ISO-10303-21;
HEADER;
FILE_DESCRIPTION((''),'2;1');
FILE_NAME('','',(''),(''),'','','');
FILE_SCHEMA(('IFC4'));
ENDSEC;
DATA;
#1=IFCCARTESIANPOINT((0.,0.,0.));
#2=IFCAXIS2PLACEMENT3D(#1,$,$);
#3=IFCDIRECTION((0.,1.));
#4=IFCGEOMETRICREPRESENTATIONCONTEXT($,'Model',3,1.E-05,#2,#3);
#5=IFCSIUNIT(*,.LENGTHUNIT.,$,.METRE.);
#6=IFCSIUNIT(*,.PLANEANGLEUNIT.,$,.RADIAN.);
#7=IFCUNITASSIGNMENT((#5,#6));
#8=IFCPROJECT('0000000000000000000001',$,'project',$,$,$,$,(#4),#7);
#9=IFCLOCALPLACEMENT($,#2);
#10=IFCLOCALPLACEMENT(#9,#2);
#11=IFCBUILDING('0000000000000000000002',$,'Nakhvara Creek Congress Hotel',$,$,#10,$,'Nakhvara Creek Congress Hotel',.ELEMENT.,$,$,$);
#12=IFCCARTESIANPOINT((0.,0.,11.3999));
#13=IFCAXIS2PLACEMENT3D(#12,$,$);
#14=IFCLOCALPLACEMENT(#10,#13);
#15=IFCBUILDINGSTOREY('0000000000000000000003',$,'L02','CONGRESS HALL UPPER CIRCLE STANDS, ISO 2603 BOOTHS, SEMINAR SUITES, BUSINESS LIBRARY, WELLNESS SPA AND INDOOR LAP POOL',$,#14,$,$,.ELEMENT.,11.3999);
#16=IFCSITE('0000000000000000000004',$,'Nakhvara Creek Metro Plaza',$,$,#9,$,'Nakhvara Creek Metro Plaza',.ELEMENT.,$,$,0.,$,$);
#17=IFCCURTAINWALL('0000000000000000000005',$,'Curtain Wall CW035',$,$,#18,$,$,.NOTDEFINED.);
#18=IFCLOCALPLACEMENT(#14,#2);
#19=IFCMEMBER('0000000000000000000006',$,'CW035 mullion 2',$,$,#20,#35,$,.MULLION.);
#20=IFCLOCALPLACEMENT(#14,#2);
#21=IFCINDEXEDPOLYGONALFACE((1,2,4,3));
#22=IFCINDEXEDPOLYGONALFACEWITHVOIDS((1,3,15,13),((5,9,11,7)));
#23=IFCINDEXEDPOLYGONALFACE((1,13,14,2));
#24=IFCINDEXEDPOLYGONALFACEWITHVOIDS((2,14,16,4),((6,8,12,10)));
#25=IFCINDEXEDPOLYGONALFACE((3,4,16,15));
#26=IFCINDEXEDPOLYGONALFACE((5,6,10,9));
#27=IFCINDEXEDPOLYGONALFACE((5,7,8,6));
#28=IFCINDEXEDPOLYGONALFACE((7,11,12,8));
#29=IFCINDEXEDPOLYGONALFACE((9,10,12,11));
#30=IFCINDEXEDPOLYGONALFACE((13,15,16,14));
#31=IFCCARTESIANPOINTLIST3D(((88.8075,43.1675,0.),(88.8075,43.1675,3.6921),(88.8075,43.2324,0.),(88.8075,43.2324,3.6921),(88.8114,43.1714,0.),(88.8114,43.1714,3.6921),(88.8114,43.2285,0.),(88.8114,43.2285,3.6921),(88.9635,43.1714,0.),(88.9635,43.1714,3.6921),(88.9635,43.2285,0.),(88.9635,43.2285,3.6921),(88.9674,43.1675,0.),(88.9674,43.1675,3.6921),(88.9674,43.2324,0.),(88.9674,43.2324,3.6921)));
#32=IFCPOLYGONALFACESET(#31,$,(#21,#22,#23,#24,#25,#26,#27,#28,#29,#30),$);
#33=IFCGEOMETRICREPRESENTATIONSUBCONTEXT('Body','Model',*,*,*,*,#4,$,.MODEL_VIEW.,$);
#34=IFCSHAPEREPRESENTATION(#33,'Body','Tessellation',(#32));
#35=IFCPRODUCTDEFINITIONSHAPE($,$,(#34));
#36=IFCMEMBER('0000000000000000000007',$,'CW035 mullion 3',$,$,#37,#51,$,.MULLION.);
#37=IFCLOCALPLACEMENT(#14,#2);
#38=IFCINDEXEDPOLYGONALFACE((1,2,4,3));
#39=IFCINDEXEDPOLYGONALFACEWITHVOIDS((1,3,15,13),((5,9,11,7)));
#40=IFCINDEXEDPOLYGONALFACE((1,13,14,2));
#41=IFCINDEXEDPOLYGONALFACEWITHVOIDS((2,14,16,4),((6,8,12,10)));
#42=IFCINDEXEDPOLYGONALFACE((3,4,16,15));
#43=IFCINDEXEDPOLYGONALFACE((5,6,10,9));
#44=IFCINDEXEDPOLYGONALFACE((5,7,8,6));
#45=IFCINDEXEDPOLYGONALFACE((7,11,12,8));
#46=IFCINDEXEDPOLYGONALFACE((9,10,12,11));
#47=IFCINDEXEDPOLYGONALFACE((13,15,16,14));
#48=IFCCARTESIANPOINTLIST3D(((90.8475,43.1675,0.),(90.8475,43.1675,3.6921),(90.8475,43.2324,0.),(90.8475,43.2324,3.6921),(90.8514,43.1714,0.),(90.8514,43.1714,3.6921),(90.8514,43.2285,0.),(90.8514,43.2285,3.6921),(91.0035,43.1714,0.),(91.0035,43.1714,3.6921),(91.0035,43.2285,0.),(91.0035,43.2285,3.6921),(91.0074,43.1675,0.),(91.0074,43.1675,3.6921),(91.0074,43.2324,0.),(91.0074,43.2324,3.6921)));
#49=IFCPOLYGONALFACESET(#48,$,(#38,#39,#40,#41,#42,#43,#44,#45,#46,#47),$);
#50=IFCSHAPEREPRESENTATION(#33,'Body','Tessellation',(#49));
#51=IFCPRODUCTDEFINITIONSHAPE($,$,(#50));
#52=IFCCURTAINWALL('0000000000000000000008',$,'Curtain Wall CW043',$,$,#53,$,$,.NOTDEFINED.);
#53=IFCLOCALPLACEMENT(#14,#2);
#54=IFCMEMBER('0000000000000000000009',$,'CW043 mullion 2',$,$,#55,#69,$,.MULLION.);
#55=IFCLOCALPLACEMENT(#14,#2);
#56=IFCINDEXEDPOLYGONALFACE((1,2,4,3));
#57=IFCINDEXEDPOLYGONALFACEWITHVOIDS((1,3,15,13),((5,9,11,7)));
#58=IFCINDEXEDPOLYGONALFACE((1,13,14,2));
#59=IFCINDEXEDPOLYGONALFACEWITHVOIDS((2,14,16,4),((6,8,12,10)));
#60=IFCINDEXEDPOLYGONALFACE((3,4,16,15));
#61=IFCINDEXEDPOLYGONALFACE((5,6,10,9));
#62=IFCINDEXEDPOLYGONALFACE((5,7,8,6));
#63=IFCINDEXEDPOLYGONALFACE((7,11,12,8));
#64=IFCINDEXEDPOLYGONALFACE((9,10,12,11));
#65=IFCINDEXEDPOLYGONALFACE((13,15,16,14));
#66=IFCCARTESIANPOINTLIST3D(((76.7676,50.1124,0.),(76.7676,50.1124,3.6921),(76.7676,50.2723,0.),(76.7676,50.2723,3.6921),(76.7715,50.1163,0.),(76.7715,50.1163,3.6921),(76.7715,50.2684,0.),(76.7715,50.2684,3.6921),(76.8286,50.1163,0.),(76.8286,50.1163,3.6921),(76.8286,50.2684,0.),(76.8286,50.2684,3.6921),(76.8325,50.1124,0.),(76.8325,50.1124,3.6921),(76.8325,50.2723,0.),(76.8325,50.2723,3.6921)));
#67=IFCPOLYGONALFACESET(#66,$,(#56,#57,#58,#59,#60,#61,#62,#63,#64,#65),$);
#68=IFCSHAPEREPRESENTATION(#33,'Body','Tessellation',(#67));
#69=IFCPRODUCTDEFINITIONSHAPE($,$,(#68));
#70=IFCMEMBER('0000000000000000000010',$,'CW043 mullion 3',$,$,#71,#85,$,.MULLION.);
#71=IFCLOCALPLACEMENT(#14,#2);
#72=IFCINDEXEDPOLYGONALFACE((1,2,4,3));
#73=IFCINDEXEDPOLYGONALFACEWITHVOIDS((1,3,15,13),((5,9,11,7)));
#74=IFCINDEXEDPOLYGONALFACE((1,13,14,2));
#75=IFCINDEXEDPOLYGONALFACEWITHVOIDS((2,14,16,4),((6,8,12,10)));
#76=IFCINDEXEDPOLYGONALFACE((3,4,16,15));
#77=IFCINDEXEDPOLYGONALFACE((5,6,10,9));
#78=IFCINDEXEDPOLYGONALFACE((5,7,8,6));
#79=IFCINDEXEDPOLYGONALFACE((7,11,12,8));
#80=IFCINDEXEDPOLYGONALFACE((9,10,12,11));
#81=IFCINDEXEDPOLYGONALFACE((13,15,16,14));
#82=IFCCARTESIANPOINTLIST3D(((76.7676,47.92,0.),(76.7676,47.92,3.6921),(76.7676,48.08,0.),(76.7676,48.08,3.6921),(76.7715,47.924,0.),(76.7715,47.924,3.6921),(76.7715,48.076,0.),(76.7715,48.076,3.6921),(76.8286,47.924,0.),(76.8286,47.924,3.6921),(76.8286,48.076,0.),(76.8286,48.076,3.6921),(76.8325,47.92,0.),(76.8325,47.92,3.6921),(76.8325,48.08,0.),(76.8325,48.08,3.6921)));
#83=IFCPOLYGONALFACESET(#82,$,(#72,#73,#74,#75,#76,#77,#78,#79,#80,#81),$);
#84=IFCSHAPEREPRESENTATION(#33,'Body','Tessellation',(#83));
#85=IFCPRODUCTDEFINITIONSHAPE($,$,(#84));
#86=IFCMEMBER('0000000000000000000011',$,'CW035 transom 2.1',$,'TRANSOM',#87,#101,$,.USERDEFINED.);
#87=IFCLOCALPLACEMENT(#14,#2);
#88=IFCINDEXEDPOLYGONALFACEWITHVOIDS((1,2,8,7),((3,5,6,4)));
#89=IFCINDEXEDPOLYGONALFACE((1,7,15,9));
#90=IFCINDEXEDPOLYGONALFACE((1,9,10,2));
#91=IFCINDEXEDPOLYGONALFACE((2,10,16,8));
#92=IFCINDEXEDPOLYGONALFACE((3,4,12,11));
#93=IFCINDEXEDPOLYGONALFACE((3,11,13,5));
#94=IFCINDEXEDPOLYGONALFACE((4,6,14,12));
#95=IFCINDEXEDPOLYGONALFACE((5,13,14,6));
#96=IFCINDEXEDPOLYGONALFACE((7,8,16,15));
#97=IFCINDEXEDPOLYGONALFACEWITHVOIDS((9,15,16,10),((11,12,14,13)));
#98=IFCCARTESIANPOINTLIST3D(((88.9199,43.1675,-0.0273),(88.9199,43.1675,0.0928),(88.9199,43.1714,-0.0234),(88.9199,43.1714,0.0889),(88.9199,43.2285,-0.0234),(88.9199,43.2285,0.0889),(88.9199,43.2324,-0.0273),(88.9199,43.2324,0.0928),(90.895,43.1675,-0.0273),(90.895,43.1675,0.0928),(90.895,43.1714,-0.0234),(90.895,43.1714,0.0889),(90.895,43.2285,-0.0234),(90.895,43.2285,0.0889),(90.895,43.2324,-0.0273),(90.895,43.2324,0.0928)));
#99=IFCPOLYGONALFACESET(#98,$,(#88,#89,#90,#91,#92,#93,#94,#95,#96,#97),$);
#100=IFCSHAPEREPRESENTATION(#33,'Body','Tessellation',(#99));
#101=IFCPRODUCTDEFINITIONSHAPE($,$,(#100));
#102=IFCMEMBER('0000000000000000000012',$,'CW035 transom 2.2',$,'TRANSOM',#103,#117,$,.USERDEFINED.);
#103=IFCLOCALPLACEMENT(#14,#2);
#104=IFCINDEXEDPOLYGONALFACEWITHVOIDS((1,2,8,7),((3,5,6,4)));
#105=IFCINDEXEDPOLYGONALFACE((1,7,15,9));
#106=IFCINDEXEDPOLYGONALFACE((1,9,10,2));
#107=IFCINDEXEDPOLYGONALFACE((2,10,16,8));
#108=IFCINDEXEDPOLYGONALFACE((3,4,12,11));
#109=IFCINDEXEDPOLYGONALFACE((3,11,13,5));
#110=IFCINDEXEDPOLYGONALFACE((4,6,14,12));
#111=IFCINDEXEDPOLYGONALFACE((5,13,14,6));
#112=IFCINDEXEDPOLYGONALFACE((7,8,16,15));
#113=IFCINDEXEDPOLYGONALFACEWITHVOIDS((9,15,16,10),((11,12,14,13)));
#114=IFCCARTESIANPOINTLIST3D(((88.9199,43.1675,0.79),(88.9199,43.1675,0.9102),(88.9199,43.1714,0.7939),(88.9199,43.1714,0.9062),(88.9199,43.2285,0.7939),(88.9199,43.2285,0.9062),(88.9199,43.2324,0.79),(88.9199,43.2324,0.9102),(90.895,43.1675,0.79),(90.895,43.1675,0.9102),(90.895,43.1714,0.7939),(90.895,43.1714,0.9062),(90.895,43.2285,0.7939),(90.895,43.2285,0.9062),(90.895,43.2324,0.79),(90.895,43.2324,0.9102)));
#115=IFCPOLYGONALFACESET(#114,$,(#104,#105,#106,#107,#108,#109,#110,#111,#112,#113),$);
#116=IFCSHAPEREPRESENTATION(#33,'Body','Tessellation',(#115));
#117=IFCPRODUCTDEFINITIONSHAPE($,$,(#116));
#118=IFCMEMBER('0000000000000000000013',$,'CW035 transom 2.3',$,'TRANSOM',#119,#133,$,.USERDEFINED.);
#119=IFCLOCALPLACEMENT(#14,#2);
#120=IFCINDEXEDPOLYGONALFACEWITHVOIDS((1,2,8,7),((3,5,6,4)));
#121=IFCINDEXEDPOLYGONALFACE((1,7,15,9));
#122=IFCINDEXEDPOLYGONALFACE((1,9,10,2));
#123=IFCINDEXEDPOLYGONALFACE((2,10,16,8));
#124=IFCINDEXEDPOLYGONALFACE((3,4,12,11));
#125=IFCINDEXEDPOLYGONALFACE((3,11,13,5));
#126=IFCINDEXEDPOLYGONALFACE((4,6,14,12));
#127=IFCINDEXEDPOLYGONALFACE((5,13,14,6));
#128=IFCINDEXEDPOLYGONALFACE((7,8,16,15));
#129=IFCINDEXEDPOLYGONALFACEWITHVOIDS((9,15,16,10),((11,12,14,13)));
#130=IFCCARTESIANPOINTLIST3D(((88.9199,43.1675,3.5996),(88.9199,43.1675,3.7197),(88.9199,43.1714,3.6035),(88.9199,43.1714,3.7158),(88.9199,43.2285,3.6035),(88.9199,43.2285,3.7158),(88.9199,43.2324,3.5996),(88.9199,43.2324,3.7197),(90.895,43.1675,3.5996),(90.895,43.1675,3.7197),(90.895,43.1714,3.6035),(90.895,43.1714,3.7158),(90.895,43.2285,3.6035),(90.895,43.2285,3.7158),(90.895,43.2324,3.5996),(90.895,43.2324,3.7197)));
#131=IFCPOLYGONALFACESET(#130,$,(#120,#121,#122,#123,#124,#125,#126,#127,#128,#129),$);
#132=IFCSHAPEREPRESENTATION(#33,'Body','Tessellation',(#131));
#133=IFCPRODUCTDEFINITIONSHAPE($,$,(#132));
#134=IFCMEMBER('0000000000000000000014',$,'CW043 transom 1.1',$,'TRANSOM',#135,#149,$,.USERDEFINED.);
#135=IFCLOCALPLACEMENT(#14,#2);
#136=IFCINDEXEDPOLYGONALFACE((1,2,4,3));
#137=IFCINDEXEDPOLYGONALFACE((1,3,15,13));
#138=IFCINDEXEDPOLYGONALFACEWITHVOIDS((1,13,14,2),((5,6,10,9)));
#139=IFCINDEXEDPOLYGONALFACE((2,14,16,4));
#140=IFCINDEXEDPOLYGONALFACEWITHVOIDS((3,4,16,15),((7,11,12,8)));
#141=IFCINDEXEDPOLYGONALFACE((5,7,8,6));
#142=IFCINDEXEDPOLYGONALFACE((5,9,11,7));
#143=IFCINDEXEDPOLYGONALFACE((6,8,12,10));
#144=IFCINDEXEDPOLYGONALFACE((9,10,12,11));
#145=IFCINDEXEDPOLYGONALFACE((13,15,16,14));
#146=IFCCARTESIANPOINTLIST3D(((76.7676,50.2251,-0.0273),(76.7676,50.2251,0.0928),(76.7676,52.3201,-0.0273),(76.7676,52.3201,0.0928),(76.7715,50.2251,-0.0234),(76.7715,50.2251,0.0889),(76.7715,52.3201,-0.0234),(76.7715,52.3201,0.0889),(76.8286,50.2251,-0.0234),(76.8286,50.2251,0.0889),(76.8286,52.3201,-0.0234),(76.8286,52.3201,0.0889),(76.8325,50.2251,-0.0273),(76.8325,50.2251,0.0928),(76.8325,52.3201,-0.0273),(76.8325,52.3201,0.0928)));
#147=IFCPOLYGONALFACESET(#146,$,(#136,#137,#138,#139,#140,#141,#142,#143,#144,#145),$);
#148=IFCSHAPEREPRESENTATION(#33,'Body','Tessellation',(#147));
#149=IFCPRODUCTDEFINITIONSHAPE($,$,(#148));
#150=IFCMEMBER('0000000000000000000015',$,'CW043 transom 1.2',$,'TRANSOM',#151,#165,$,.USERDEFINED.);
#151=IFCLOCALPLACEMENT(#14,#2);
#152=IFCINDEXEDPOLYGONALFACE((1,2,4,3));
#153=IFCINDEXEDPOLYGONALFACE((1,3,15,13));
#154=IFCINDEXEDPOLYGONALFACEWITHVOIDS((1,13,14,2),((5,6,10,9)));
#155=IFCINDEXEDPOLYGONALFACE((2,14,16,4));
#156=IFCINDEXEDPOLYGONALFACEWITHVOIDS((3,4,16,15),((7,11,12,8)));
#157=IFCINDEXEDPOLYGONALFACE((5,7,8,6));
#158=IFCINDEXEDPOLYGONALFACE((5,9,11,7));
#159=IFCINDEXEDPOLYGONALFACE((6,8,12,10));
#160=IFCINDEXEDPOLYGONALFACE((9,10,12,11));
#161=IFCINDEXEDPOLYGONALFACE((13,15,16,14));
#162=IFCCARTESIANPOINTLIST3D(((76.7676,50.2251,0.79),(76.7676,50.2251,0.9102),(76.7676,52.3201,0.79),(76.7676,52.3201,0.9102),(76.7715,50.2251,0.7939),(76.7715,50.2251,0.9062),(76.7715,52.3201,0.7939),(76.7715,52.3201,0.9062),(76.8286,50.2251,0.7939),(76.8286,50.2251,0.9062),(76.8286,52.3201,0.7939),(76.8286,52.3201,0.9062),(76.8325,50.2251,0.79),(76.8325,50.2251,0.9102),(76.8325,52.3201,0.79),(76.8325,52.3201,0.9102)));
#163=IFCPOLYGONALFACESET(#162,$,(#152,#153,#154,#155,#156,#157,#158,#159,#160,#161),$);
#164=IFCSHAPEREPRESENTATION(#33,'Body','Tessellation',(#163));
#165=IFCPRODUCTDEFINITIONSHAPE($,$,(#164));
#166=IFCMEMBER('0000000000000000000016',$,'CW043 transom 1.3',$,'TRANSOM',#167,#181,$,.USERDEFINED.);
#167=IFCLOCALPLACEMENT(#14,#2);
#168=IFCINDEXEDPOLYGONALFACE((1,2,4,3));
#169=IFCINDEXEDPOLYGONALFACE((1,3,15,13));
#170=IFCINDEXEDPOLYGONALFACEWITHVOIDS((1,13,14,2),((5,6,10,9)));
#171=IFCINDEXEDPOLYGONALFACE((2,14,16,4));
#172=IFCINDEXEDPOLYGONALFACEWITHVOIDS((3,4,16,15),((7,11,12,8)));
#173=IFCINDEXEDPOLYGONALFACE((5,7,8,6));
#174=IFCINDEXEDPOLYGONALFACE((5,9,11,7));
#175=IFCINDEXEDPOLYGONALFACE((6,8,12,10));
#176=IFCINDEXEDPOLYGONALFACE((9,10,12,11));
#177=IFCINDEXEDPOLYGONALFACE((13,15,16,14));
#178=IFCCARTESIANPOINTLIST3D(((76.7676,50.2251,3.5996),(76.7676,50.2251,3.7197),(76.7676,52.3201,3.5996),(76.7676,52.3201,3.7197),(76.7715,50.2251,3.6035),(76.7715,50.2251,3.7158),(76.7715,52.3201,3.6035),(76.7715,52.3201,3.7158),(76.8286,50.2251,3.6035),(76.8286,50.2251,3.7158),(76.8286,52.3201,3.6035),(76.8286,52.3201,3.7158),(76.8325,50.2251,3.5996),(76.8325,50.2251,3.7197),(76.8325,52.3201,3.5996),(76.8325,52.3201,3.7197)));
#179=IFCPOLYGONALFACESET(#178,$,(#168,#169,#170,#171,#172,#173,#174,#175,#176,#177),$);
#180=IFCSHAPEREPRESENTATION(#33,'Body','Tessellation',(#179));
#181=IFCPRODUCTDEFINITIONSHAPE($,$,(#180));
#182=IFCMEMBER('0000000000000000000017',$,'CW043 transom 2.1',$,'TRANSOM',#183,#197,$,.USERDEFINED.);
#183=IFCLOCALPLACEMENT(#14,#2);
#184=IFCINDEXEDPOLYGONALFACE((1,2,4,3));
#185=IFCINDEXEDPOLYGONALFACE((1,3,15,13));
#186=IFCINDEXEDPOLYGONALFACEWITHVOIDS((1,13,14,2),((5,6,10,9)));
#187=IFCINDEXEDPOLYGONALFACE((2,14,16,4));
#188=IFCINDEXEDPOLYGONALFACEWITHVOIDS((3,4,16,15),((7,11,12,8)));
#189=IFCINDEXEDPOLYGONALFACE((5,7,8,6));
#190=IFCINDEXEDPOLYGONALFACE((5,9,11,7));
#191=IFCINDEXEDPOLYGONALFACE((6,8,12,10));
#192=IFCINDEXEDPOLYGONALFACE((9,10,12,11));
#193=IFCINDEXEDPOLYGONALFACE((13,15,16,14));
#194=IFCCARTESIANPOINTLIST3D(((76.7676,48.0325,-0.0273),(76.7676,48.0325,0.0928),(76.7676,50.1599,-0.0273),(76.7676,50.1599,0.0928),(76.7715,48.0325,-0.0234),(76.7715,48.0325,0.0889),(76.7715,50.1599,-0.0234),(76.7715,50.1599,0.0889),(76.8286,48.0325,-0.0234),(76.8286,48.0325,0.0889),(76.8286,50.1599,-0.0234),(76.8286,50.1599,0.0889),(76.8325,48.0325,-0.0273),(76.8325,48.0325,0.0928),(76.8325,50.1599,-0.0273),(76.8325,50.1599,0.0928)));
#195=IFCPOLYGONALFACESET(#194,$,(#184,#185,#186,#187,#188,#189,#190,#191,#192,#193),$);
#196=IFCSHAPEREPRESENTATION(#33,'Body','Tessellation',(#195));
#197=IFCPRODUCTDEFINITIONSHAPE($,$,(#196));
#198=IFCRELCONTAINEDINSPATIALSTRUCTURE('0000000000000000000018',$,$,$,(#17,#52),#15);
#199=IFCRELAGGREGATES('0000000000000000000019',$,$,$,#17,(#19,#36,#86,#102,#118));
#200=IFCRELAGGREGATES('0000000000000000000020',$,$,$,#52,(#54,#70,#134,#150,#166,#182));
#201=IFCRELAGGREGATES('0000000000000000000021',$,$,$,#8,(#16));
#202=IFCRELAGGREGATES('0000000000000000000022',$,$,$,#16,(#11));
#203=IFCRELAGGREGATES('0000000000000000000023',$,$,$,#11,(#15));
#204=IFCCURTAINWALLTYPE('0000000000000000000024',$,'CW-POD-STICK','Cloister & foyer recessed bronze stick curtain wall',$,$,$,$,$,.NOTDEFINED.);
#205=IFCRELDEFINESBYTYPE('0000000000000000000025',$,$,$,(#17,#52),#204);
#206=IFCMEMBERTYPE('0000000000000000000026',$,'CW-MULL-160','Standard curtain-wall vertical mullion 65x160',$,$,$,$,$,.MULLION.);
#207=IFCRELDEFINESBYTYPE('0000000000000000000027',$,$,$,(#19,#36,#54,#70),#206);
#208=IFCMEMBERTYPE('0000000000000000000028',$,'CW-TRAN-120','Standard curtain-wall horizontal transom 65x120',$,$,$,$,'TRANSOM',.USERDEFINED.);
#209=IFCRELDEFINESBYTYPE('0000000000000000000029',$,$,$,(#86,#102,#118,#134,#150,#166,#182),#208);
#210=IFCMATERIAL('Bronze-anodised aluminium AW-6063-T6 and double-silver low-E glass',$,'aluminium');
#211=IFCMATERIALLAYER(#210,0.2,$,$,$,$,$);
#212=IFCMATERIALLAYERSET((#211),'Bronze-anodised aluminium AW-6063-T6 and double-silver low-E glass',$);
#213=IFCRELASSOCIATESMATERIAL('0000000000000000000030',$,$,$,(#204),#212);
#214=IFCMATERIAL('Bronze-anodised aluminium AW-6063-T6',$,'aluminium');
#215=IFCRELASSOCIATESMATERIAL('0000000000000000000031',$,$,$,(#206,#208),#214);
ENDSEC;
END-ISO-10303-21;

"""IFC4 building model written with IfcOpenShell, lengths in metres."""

from ifc_helpers import new_model, si_unit, direction, frame, origin, origin_2d, place, context, subcontext, project, spatial, hollow_rectangle, extrude, material, layer, layer_set, material_profile, profile_set, type_object, element, aggregate, save


model = new_model("IFC4")

# Units and contexts
model_context = context("Model", 3, precision=1e-05, world=origin(), true_north=direction((0.0, 1.0)))
body_context = subcontext(model_context, "Body", "Model", "MODEL_VIEW")
ifc_project = project(units=[si_unit("LENGTHUNIT", "METRE"), si_unit("PLANEANGLEUNIT", "RADIAN")], contexts=[model_context])

# Site, building, storey
site_placement = place(None, origin())
site = spatial("IfcSite", under=ifc_project, at=site_placement, Name="Nakhvara Creek Metro Plaza", LongName="Nakhvara Creek Metro Plaza", CompositionType="ELEMENT", RefElevation=0.0)
building_placement = place(site_placement, origin())
building = spatial("IfcBuilding", under=site, at=building_placement, Name="Nakhvara Creek Congress Hotel", LongName="Nakhvara Creek Congress Hotel", CompositionType="ELEMENT")
storey_placement = place(building_placement, frame((0.0, 0.0, 11.3999)))
storey = spatial("IfcBuildingStorey", under=building, at=storey_placement, Name="L02", Description="CONGRESS HALL UPPER CIRCLE STANDS, ISO 2603 BOOTHS, SEMINAR SUITES, BUSINESS LIBRARY, WELLNESS SPA AND INDOOR LAP POOL", CompositionType="ELEMENT", Elevation=11.3999)

# Curtain walls, members
ifc_material_1 = material(Name="Bronze-anodised aluminium AW-6063-T6 and double-silver low-E glass", Category="aluminium")
ifc_layer = layer(ifc_material_1, 0.2)
ifc_layer_set = layer_set([ifc_layer], Name="Bronze-anodised aluminium AW-6063-T6 and double-silver low-E glass")
curtain_wall_type = type_object("IfcCurtainWallType", Name="CW-POD-STICK", Description="Cloister & foyer recessed bronze stick curtain wall", PredefinedType="NOTDEFINED", material=ifc_layer_set)
curtain_wall_1_placement = place(storey_placement, origin())
curtain_wall_1 = element("IfcCurtainWall", 1, at=curtain_wall_1_placement, inside=storey, type_object=curtain_wall_type, Name="Curtain Wall CW035", PredefinedType="NOTDEFINED")
ifc_material_2 = material(Name="Bronze-anodised aluminium AW-6063-T6", Category="aluminium")
ifc_material_profile_1 = material_profile(ifc_material_2, hollow_rectangle(XDim=0.0649, YDim=0.1599, WallThickness=0.0039, at=origin_2d()), Name="ALU-MULL 65x160x4", Category="LoadBearing")
ifc_profile_set_1 = profile_set([ifc_material_profile_1], Name="Bronze-anodised aluminium AW-6063-T6")
member_type_1 = type_object("IfcMemberType", Name="CW-MULL-160", Description="Standard curtain-wall vertical mullion 65x160", PredefinedType="MULLION", material=ifc_profile_set_1)
member_1_placement = place(storey_placement, frame((88.8875, 43.2, 0.0), z_axis=(0.0, 0.0, 1.0), x_axis=(0.0, 1.0, 0.0)))
member_1 = element("IfcMember", 2, at=member_1_placement, type_object=member_type_1, Name="CW035 mullion 2", PredefinedType="MULLION", context=body_context, shape_type="SweptSolid", body=[
    extrude(hollow_rectangle(XDim=0.0649, YDim=0.1599, WallThickness=0.0039, at=origin_2d()), origin(), (0.0, 0.0, 1.0), 3.6921),
])
member_2_placement = place(storey_placement, frame((90.9275, 43.2, 0.0), z_axis=(0.0, 0.0, 1.0), x_axis=(0.0, 1.0, 0.0)))
member_2 = element("IfcMember", 3, at=member_2_placement, type_object=member_type_1, Name="CW035 mullion 3", PredefinedType="MULLION", context=body_context, shape_type="SweptSolid", body=[
    extrude(hollow_rectangle(XDim=0.0649, YDim=0.1599, WallThickness=0.0039, at=origin_2d()), origin(), (0.0, 0.0, 1.0), 3.6921),
])
curtain_wall_2_placement = place(storey_placement, origin())
curtain_wall_2 = element("IfcCurtainWall", 4, at=curtain_wall_2_placement, inside=storey, type_object=curtain_wall_type, Name="Curtain Wall CW043", PredefinedType="NOTDEFINED")
member_3_placement = place(storey_placement, frame((76.8, 50.1924, 0.0), z_axis=(0.0, 0.0, 1.0), x_axis=(1.0, 0.0, 0.0)))
member_3 = element("IfcMember", 5, at=member_3_placement, type_object=member_type_1, Name="CW043 mullion 2", PredefinedType="MULLION", context=body_context, shape_type="SweptSolid", body=[
    extrude(hollow_rectangle(XDim=0.0649, YDim=0.1599, WallThickness=0.0039, at=origin_2d()), origin(), (0.0, 0.0, 1.0), 3.6921),
])
member_4_placement = place(storey_placement, frame((76.8, 48.0, 0.0), z_axis=(0.0, 0.0, 1.0), x_axis=(1.0, 0.0, 0.0)))
member_4 = element("IfcMember", 6, at=member_4_placement, type_object=member_type_1, Name="CW043 mullion 3", PredefinedType="MULLION", context=body_context, shape_type="SweptSolid", body=[
    extrude(hollow_rectangle(XDim=0.0649, YDim=0.1599, WallThickness=0.0039, at=origin_2d()), origin(), (0.0, 0.0, 1.0), 3.6921),
])

# Members
ifc_material_profile_2 = material_profile(ifc_material_2, hollow_rectangle(XDim=0.0649, YDim=0.1201, WallThickness=0.0039, at=origin_2d()), Name="ALU-TRAN 65x120x4", Category="LoadBearing")
ifc_profile_set_2 = profile_set([ifc_material_profile_2], Name="Bronze-anodised aluminium AW-6063-T6")
member_type_2 = type_object("IfcMemberType", Name="CW-TRAN-120", Description="Standard curtain-wall horizontal transom 65x120", ElementType="TRANSOM", PredefinedType="USERDEFINED", material=ifc_profile_set_2)
member_5_placement = place(storey_placement, frame((88.9199, 43.2, 0.0327), z_axis=(1.0, 0.0, 0.0), x_axis=(0.0, 1.0, 0.0)))
member_5 = element("IfcMember", 7, at=member_5_placement, type_object=member_type_2, Name="CW035 transom 2.1", ObjectType="TRANSOM", PredefinedType="USERDEFINED", context=body_context, shape_type="SweptSolid", body=[
    extrude(hollow_rectangle(XDim=0.0649, YDim=0.1201, WallThickness=0.0039, at=origin_2d()), origin(), (0.0, 0.0, 1.0), 1.9751),
])
member_6_placement = place(storey_placement, frame((88.9199, 43.2, 0.8501), z_axis=(1.0, 0.0, 0.0), x_axis=(0.0, 1.0, 0.0)))
member_6 = element("IfcMember", 8, at=member_6_placement, type_object=member_type_2, Name="CW035 transom 2.2", ObjectType="TRANSOM", PredefinedType="USERDEFINED", context=body_context, shape_type="SweptSolid", body=[
    extrude(hollow_rectangle(XDim=0.0649, YDim=0.1201, WallThickness=0.0039, at=origin_2d()), origin(), (0.0, 0.0, 1.0), 1.9751),
])
member_7_placement = place(storey_placement, frame((88.9199, 43.2, 3.6597), z_axis=(1.0, 0.0, 0.0), x_axis=(0.0, 1.0, 0.0)))
member_7 = element("IfcMember", 9, at=member_7_placement, type_object=member_type_2, Name="CW035 transom 2.3", ObjectType="TRANSOM", PredefinedType="USERDEFINED", context=body_context, shape_type="SweptSolid", body=[
    extrude(hollow_rectangle(XDim=0.0649, YDim=0.1201, WallThickness=0.0039, at=origin_2d()), origin(), (0.0, 0.0, 1.0), 1.9751),
])
member_8_placement = place(storey_placement, frame((76.8, 52.3201, 0.0327), z_axis=(0.0, -1.0, 0.0), x_axis=(1.0, 0.0, 0.0)))
member_8 = element("IfcMember", 10, at=member_8_placement, type_object=member_type_2, Name="CW043 transom 1.1", ObjectType="TRANSOM", PredefinedType="USERDEFINED", context=body_context, shape_type="SweptSolid", body=[
    extrude(hollow_rectangle(XDim=0.0649, YDim=0.1201, WallThickness=0.0039, at=origin_2d()), origin(), (0.0, 0.0, 1.0), 2.095),
])
member_9_placement = place(storey_placement, frame((76.8, 52.3201, 0.8501), z_axis=(0.0, -1.0, 0.0), x_axis=(1.0, 0.0, 0.0)))
member_9 = element("IfcMember", 11, at=member_9_placement, type_object=member_type_2, Name="CW043 transom 1.2", ObjectType="TRANSOM", PredefinedType="USERDEFINED", context=body_context, shape_type="SweptSolid", body=[
    extrude(hollow_rectangle(XDim=0.0649, YDim=0.1201, WallThickness=0.0039, at=origin_2d()), origin(), (0.0, 0.0, 1.0), 2.095),
])
member_10_placement = place(storey_placement, frame((76.8, 52.3201, 3.6597), z_axis=(0.0, -1.0, 0.0), x_axis=(1.0, 0.0, 0.0)))
member_10 = element("IfcMember", 12, at=member_10_placement, type_object=member_type_2, Name="CW043 transom 1.3", ObjectType="TRANSOM", PredefinedType="USERDEFINED", context=body_context, shape_type="SweptSolid", body=[
    extrude(hollow_rectangle(XDim=0.0649, YDim=0.1201, WallThickness=0.0039, at=origin_2d()), origin(), (0.0, 0.0, 1.0), 2.095),
])
member_11_placement = place(storey_placement, frame((76.8, 50.1599, 0.0327), z_axis=(0.0, -1.0, 0.0), x_axis=(1.0, 0.0, 0.0)))
member_11 = element("IfcMember", 13, at=member_11_placement, type_object=member_type_2, Name="CW043 transom 2.1", ObjectType="TRANSOM", PredefinedType="USERDEFINED", context=body_context, shape_type="SweptSolid", body=[
    extrude(hollow_rectangle(XDim=0.0649, YDim=0.1201, WallThickness=0.0039, at=origin_2d()), origin(), (0.0, 0.0, 1.0), 2.1274),
])

aggregate(curtain_wall_1, [member_1, member_2, member_5, member_6, member_7])
aggregate(curtain_wall_2, [member_3, member_4, member_8, member_9, member_10, member_11])

save(model, "model.ifc")
